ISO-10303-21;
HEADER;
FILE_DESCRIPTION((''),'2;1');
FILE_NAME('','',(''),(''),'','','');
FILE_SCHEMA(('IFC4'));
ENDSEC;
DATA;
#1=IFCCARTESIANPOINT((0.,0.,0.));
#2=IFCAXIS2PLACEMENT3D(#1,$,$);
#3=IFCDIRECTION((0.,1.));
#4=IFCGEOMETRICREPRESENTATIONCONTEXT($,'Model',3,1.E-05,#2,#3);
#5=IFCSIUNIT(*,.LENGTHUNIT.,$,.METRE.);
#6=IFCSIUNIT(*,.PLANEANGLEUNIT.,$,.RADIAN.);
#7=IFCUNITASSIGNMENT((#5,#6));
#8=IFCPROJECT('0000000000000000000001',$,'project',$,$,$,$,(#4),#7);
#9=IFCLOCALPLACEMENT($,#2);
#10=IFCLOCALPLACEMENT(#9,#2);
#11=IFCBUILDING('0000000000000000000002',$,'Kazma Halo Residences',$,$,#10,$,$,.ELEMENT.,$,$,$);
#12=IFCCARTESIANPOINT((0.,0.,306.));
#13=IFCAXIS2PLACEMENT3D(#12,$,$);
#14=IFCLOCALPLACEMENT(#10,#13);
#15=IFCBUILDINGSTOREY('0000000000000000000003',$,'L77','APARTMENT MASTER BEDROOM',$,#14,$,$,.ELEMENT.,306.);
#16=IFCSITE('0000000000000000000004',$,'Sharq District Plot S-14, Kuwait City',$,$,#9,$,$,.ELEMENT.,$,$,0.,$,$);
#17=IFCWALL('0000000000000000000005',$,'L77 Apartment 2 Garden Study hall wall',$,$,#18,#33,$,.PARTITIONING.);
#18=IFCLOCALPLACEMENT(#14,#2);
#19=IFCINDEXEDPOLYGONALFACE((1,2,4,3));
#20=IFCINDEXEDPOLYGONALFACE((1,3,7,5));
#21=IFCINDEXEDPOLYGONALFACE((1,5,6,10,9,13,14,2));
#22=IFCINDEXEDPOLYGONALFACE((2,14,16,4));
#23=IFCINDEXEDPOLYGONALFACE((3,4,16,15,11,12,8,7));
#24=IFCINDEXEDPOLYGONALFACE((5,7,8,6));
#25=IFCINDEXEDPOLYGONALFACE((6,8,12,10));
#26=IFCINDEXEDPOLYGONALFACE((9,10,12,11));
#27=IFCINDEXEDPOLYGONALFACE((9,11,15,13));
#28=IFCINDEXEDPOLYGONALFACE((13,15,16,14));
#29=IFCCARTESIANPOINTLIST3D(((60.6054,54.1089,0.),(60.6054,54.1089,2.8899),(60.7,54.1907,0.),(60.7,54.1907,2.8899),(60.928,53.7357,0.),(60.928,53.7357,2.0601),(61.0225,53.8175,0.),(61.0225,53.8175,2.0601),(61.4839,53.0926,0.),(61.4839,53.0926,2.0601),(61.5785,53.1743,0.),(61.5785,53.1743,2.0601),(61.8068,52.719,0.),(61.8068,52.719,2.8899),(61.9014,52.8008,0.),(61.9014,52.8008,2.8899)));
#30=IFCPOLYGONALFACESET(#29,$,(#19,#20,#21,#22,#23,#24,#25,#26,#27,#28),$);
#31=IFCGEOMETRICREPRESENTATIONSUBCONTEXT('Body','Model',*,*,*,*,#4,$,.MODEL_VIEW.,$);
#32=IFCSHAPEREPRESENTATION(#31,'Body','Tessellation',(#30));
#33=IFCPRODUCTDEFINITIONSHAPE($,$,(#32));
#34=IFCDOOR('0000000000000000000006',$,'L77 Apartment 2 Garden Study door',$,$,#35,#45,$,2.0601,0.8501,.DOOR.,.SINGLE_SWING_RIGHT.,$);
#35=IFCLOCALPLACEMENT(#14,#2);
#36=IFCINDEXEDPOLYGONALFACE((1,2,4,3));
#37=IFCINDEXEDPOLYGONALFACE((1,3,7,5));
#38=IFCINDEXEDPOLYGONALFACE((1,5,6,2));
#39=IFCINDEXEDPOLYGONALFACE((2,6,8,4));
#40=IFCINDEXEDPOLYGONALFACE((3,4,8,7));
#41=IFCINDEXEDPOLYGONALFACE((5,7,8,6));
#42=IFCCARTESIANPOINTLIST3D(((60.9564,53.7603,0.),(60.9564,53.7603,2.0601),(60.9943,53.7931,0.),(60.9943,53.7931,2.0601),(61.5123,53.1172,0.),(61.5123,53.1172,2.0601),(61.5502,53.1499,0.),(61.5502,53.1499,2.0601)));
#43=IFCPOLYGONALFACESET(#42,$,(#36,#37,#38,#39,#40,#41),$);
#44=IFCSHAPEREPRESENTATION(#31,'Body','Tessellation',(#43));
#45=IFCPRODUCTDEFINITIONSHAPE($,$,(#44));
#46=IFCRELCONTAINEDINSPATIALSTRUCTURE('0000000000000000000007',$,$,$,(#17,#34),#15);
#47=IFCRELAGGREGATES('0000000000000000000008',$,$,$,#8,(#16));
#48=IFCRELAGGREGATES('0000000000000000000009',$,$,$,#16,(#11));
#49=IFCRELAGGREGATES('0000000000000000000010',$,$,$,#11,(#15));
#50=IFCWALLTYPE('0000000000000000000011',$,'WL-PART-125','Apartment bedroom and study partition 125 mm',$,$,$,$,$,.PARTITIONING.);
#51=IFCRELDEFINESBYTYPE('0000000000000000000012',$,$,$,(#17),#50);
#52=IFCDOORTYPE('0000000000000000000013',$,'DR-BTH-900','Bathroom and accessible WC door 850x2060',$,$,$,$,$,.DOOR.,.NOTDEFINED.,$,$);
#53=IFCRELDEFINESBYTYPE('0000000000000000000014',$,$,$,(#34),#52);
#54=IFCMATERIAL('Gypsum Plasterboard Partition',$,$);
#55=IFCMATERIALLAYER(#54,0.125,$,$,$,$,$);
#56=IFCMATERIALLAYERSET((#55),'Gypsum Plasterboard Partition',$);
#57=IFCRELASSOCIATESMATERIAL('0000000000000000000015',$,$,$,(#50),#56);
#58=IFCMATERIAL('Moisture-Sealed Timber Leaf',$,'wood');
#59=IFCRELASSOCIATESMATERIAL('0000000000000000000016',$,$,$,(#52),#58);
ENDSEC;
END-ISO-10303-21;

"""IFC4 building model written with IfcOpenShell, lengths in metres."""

from ifc_helpers import new_model, si_unit, direction, frame, frame_2d, origin, place, context, subcontext, project, spatial, rectangle, extrude, material, layer, layer_set, type_object, element, fill, save


model = new_model("IFC4")

# Units and contexts
model_context = context("Model", 3, precision=1e-05, world=origin(), true_north=direction((0.0, 1.0)))
body_context = subcontext(model_context, "Body", "Model", "MODEL_VIEW")
ifc_project = project(units=[si_unit("LENGTHUNIT", "METRE"), si_unit("PLANEANGLEUNIT", "RADIAN")], contexts=[model_context])

# Site, building, storey
site_placement = place(None, origin())
site = spatial("IfcSite", under=ifc_project, at=site_placement, Name="Sharq District Plot S-14, Kuwait City", CompositionType="ELEMENT", RefElevation=0.0)
building_placement = place(site_placement, origin())
building = spatial("IfcBuilding", under=site, at=building_placement, Name="Kazma Halo Residences", CompositionType="ELEMENT")
storey_placement = place(building_placement, frame((0.0, 0.0, 306.0)))
storey = spatial("IfcBuildingStorey", under=building, at=storey_placement, Name="L77", Description="APARTMENT MASTER BEDROOM", CompositionType="ELEMENT", Elevation=306.0)

# Shared definitions
ifc_material_1 = material(Name="Gypsum Plasterboard Partition")
ifc_layer_1 = layer(ifc_material_1, 0.125)
ifc_layer_set_1 = layer_set([ifc_layer_1], Name="Gypsum Plasterboard Partition")
wall_type_1 = type_object("IfcWallType", Name="WL-PART-125", Description="Apartment bedroom and study partition 125 mm", PredefinedType="PARTITIONING", material=ifc_layer_set_1)

# Shared definitions
ifc_material_2 = material(Name="Moisture-Sealed Timber Leaf", Category="wood")
door_type = type_object("IfcDoorType", Name="DR-BTH-900", Description="Bathroom and accessible WC door 850x2060", OperationType="NOTDEFINED", PredefinedType="DOOR", material=ifc_material_2)

# Wall, opening, door
wall_1_placement = place(storey_placement, frame((61.854, 52.76, 0.0), z_axis=(0.0, 0.0, 1.0), x_axis=(-0.653948, 0.756539, 0.0)))
wall_1 = element("IfcWall", 1, at=wall_1_placement, inside=storey, type_object=wall_type_1, Name="L77 Apartment 2 Garden Study hall wall", PredefinedType="PARTITIONING", context=body_context, shape_type="SweptSolid", body=[
    extrude(rectangle(XDim=1.8372, YDim=0.125, at=frame_2d((0.9185, 0.0))), origin(), (0.0, 0.0, 1.0), 2.8899),
])
opening_1_placement = place(wall_1_placement, frame((0.4937, 0.0, 0.0)))
opening_1 = element("IfcOpeningElement", 2, at=opening_1_placement, cuts=wall_1, PredefinedType="OPENING", context=body_context, shape_type="SweptSolid", body=[
    extrude(rectangle(XDim=0.8501, YDim=2.0601, at=frame_2d((0.425, 1.03))), frame((0.0, 0.0725, 0.0), z_axis=(0.0, -1.0, 0.0), x_axis=(1.0, 0.0, 0.0)), (0.0, 0.0, 1.0), 0.145),
])
door_1_placement = place(opening_1_placement, origin())
door_1 = element("IfcDoor", 3, at=door_1_placement, inside=storey, type_object=door_type, Name="L77 Apartment 2 Garden Study door", OperationType="SINGLE_SWING_RIGHT", OverallHeight=2.0601, OverallWidth=0.8501, PredefinedType="DOOR", context=body_context, shape_type="SweptSolid", body=[
    extrude(rectangle(XDim=0.8501, YDim=2.0601, at=frame_2d((0.425, 1.03))), frame((0.0, 0.0249, 0.0), z_axis=(0.0, -1.0, 0.0), x_axis=(1.0, 0.0, 0.0)), (0.0, 0.0, 1.0), 0.05),
])
fill(opening_1, door_1)

save(model, "model.ifc")
